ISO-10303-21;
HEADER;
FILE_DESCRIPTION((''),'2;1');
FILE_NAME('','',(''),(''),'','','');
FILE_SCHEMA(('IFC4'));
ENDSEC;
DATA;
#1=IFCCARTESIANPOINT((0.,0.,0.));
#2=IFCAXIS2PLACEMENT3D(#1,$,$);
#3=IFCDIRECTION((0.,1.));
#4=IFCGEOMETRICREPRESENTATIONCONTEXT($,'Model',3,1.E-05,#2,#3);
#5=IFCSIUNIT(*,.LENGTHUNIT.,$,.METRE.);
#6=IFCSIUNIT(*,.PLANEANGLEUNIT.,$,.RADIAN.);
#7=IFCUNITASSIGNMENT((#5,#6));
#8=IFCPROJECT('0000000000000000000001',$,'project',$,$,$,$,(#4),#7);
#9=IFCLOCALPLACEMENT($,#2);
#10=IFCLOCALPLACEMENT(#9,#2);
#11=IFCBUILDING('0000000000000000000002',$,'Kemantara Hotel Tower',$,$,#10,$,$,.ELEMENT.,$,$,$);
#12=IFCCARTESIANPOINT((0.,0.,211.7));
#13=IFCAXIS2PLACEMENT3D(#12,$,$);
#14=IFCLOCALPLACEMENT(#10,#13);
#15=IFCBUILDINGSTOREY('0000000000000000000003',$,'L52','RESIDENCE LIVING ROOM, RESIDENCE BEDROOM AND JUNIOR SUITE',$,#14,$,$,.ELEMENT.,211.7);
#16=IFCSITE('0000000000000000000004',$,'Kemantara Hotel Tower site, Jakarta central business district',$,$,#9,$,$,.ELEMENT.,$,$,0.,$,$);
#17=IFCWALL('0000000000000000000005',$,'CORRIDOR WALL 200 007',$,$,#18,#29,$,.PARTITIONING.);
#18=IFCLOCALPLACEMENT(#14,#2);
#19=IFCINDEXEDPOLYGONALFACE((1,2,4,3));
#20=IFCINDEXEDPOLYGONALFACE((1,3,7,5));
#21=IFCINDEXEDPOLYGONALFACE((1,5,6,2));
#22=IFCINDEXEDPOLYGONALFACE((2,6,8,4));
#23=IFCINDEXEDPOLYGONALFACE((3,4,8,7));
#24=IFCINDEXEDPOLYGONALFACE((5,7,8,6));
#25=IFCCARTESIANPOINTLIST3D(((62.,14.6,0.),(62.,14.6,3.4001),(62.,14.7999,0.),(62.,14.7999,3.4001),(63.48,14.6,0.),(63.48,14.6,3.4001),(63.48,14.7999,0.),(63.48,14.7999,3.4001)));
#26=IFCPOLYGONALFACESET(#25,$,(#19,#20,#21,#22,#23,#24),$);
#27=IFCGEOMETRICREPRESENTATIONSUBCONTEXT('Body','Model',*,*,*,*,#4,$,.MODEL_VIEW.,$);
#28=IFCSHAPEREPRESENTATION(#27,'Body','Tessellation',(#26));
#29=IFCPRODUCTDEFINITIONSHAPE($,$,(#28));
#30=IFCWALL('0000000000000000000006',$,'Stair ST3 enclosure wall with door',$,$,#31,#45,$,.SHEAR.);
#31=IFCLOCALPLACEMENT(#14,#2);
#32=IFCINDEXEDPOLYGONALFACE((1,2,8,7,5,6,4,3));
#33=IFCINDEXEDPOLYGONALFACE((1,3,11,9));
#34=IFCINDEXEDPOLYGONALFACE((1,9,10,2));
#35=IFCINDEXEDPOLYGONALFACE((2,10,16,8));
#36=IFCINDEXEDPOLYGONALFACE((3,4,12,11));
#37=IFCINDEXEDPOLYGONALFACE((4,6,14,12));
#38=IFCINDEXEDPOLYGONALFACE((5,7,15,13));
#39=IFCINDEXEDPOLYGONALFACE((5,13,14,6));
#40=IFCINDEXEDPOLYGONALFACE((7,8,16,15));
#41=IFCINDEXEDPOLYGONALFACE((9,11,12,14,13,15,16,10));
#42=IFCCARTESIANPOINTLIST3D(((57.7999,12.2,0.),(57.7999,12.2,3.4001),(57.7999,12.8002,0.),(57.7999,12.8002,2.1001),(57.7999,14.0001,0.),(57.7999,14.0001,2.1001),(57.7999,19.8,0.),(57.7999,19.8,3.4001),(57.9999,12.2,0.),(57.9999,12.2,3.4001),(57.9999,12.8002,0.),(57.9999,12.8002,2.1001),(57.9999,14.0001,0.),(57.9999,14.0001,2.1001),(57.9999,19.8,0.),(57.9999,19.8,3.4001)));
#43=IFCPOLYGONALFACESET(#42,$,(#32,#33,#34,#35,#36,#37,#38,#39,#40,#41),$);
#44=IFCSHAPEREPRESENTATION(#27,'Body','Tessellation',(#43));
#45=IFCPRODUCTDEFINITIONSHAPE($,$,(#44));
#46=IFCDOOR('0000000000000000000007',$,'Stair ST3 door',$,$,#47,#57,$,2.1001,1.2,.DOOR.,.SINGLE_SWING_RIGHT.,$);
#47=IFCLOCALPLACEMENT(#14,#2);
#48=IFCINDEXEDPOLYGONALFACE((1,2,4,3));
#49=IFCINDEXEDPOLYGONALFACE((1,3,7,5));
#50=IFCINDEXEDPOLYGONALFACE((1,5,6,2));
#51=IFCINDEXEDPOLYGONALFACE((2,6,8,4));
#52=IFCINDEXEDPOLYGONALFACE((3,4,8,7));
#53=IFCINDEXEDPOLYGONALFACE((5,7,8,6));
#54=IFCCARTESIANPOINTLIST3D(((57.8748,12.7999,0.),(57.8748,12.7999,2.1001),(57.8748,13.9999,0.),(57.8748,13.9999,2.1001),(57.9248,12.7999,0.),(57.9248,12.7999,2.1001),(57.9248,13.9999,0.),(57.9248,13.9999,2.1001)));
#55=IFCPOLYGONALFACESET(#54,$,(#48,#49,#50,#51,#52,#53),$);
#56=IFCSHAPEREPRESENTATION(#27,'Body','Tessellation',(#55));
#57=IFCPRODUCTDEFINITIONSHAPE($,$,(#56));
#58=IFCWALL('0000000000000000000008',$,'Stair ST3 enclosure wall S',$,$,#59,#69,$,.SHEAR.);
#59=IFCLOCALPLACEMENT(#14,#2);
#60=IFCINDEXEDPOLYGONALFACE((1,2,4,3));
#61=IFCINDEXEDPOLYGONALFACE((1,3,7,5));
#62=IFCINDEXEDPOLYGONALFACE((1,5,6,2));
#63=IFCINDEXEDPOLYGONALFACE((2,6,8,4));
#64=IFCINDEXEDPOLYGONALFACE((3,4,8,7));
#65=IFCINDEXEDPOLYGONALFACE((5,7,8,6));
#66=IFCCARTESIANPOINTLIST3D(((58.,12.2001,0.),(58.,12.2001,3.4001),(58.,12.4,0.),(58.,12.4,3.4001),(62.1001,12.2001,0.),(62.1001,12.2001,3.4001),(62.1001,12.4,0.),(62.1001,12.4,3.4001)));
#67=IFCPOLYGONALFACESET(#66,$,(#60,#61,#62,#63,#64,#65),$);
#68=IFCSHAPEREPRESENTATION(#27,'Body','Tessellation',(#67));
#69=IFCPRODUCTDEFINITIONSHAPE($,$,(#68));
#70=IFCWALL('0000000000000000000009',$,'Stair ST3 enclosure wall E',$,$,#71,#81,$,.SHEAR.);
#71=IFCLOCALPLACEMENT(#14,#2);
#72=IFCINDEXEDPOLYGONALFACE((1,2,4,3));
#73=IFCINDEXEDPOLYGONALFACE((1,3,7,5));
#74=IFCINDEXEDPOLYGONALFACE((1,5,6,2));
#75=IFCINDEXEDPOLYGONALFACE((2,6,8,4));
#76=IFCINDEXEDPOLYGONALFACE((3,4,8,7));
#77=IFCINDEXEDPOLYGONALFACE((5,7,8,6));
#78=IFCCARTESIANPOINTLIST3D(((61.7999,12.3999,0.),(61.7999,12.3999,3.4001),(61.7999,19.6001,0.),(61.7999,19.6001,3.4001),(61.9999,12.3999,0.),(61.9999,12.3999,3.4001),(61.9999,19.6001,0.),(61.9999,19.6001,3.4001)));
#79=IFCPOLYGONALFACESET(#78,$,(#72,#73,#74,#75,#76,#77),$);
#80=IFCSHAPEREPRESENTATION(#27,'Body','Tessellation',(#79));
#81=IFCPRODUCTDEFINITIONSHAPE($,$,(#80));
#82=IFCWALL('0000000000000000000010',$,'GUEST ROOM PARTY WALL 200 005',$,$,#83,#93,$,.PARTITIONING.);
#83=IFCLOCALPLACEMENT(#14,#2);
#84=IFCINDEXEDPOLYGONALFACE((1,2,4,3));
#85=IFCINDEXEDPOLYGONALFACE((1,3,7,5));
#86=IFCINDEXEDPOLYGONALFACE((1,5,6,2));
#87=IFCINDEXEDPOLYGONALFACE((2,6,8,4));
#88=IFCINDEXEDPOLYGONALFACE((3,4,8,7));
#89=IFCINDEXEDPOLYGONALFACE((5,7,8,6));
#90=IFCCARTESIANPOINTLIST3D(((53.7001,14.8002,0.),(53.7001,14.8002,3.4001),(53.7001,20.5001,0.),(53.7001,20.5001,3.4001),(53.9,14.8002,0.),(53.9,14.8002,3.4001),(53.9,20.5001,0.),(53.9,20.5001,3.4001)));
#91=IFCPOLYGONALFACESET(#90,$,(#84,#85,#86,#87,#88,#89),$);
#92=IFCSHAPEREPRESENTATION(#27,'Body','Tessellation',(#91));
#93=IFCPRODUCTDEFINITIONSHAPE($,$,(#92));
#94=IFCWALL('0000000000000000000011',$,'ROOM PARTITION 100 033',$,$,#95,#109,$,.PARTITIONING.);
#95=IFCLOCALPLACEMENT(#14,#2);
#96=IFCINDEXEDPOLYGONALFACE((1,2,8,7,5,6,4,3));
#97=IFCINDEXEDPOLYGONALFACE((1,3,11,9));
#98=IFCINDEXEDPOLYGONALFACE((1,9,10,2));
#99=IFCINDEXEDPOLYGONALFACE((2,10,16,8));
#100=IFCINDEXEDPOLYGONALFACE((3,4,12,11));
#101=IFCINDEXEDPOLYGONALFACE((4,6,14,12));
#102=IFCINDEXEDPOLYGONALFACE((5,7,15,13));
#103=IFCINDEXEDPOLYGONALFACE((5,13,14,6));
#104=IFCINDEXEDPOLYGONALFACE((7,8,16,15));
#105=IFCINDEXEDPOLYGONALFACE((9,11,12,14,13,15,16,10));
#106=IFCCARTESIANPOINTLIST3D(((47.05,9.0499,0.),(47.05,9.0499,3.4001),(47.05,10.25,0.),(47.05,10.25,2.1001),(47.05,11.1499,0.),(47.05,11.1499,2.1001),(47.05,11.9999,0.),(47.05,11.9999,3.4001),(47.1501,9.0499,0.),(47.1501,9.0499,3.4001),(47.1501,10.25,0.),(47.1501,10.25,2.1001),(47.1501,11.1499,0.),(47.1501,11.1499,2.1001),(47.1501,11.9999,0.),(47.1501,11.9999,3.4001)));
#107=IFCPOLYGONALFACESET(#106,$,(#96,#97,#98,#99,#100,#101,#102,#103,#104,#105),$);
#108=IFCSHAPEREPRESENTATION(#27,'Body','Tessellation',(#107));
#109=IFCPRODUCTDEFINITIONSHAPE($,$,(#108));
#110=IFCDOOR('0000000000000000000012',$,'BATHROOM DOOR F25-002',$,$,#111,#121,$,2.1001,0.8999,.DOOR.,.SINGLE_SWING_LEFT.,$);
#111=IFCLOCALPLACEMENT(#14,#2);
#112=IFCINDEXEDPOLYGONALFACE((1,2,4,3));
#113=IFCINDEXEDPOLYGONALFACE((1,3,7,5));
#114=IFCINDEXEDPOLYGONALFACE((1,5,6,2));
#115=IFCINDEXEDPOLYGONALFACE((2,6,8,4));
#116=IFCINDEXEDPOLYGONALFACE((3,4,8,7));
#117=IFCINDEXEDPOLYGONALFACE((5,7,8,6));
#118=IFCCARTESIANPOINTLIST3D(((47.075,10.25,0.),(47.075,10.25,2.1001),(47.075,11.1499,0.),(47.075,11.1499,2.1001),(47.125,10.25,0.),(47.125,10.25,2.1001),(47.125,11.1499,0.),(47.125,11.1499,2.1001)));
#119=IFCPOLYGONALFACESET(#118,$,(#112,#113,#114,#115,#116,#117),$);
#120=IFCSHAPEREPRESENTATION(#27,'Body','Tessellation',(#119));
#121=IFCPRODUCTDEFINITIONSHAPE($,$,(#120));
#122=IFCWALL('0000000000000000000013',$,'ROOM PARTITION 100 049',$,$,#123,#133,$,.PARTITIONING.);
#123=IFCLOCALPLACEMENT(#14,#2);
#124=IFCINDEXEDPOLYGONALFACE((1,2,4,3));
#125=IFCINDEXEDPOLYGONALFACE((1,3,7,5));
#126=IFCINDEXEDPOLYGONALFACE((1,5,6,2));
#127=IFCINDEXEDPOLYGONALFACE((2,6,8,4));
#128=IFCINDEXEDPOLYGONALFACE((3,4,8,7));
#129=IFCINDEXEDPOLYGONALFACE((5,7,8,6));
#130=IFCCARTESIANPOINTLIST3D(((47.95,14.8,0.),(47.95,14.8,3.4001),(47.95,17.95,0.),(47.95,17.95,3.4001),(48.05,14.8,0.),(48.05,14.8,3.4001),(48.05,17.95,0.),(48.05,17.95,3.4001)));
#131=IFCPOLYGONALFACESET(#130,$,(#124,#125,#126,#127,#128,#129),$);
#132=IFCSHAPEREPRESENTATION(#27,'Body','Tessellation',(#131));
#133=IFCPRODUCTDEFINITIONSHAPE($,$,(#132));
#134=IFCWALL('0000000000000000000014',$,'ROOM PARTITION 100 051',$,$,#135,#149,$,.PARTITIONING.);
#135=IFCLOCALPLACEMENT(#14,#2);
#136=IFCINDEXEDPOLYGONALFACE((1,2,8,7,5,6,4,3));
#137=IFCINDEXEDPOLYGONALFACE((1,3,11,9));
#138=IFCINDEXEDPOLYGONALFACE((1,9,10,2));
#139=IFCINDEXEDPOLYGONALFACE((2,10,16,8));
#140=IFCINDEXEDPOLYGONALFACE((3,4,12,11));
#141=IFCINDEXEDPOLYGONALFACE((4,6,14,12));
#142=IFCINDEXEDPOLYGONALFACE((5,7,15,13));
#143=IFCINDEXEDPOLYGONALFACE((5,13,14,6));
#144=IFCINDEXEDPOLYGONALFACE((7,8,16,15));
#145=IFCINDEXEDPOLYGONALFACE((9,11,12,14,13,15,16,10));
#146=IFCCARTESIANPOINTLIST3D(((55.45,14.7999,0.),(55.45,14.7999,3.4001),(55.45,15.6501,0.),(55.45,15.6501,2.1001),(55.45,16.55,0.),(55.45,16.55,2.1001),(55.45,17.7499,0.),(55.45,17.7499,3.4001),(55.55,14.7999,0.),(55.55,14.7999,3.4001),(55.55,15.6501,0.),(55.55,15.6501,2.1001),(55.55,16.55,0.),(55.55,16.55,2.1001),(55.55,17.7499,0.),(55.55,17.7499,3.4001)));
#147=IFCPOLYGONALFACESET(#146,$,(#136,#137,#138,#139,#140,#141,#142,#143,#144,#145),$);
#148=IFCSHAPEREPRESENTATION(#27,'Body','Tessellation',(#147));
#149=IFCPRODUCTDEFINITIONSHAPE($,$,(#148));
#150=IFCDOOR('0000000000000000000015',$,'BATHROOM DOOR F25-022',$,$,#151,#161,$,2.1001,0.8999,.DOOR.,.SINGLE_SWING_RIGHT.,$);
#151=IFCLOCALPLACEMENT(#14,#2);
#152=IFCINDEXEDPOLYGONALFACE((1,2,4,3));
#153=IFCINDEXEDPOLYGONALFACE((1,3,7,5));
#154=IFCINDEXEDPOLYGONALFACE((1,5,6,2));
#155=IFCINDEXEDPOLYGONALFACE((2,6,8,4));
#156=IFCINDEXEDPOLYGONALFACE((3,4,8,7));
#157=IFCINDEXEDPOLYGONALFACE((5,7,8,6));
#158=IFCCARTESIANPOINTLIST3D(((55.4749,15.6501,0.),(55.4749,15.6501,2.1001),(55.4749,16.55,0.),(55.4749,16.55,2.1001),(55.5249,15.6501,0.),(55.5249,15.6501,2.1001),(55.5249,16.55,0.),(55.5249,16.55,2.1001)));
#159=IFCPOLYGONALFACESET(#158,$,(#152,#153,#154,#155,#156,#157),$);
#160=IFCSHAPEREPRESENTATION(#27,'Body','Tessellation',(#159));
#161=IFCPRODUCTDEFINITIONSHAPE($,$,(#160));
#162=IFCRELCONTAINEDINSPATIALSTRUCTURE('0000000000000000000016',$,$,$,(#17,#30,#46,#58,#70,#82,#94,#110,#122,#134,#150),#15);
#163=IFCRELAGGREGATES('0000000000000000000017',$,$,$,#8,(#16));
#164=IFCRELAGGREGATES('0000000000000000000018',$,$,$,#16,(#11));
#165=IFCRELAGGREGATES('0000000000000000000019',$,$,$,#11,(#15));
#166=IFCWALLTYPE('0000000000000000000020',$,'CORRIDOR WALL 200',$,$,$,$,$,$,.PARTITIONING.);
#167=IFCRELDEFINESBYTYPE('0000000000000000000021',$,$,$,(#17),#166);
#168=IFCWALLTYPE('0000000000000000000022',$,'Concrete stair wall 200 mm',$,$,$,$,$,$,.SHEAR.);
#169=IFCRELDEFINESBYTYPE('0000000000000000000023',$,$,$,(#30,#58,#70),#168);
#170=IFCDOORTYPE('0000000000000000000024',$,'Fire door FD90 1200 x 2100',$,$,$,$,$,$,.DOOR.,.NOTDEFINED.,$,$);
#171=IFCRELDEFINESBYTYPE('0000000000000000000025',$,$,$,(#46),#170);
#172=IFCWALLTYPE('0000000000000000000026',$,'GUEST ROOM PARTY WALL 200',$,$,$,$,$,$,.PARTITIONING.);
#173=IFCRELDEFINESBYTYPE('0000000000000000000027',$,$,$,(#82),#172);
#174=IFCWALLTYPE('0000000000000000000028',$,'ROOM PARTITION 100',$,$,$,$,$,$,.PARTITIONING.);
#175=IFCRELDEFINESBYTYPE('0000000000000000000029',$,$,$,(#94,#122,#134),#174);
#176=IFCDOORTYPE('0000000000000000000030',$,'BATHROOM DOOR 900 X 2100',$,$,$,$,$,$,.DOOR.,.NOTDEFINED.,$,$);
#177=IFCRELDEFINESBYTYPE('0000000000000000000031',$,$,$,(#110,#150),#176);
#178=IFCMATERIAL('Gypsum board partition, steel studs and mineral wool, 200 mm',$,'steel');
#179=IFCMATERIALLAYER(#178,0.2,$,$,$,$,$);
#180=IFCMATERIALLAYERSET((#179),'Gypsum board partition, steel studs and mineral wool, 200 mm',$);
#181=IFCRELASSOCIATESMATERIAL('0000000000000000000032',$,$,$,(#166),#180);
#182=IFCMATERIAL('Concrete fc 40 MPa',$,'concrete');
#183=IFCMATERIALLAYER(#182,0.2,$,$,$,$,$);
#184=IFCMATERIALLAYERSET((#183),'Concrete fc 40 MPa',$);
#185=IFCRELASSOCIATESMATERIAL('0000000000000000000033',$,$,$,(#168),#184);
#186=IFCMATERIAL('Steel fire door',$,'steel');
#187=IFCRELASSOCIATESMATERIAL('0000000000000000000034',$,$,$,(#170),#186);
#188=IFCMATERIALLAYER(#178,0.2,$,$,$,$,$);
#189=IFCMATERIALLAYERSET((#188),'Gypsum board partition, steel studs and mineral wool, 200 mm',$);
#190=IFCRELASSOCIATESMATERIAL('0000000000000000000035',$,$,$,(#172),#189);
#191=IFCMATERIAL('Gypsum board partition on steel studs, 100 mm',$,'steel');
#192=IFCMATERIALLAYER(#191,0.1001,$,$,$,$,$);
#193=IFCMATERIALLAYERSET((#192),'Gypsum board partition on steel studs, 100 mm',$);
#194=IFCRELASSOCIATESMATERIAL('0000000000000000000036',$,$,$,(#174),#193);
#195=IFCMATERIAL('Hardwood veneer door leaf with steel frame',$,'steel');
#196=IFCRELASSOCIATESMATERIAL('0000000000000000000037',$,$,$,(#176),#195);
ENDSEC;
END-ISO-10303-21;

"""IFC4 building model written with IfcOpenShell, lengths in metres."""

from ifc_helpers import new_model, si_unit, direction, frame, frame_2d, origin, place, context, subcontext, project, spatial, rectangle, extrude, material, layer, layer_set, type_object, element, fill, save


model = new_model("IFC4")

# Units and contexts
model_context = context("Model", 3, precision=1e-05, world=origin(), true_north=direction((0.0, 1.0)))
body_context = subcontext(model_context, "Body", "Model", "MODEL_VIEW")
ifc_project = project(units=[si_unit("LENGTHUNIT", "METRE"), si_unit("PLANEANGLEUNIT", "RADIAN")], contexts=[model_context])

# Site, building, storey
site_placement = place(None, origin())
site = spatial("IfcSite", under=ifc_project, at=site_placement, Name="Kemantara Hotel Tower site, Jakarta central business district", CompositionType="ELEMENT", RefElevation=0.0)
building_placement = place(site_placement, origin())
building = spatial("IfcBuilding", under=site, at=building_placement, Name="Kemantara Hotel Tower", CompositionType="ELEMENT")
storey_placement = place(building_placement, frame((0.0, 0.0, 211.7)))
storey = spatial("IfcBuildingStorey", under=building, at=storey_placement, Name="L52", Description="RESIDENCE LIVING ROOM, RESIDENCE BEDROOM AND JUNIOR SUITE", CompositionType="ELEMENT", Elevation=211.7)

# Shared definitions
ifc_material_1 = material(Name="Gypsum board partition, steel studs and mineral wool, 200 mm", Category="steel")
ifc_layer_1 = layer(ifc_material_1, 0.2)
ifc_layer_set_1 = layer_set([ifc_layer_1], Name="Gypsum board partition, steel studs and mineral wool, 200 mm")
wall_type_1 = type_object("IfcWallType", Name="CORRIDOR WALL 200", PredefinedType="PARTITIONING", material=ifc_layer_set_1)
ifc_material_2 = material(Name="Hardwood veneer door leaf with steel frame", Category="steel")

# Wall
wall_1_placement = place(storey_placement, frame((62.0, 14.7, 0.0), z_axis=(0.0, 0.0, 1.0), x_axis=(1.0, 0.0, 0.0)))
element("IfcWall", 1, at=wall_1_placement, inside=storey, type_object=wall_type_1, Name="CORRIDOR WALL 200 007", PredefinedType="PARTITIONING", context=body_context, shape_type="SweptSolid", body=[
    extrude(rectangle(XDim=1.48, YDim=0.2, at=frame_2d((0.74, 0.0))), origin(), (0.0, 0.0, 1.0), 3.4001),
])

# Wall, opening, door
ifc_material_3 = material(Name="Concrete fc 40 MPa", Category="concrete")
ifc_layer_2 = layer(ifc_material_3, 0.2)
ifc_layer_set_2 = layer_set([ifc_layer_2], Name="Concrete fc 40 MPa")
wall_type_2 = type_object("IfcWallType", Name="Concrete stair wall 200 mm", PredefinedType="SHEAR", material=ifc_layer_set_2)
wall_2_placement = place(storey_placement, frame((57.8999, 12.2, 0.0), z_axis=(0.0, 0.0, 1.0), x_axis=(0.0, 1.0, 0.0)))
wall_2 = element("IfcWall", 2, at=wall_2_placement, inside=storey, type_object=wall_type_2, Name="Stair ST3 enclosure wall with door", PredefinedType="SHEAR", context=body_context, shape_type="SweptSolid", body=[
    extrude(rectangle(XDim=7.6001, YDim=0.2, at=frame_2d((3.8, 0.0))), origin(), (0.0, 0.0, 1.0), 3.4001),
])
opening_1_placement = place(wall_2_placement, frame((0.6001, 0.0, 0.0)))
opening_1 = element("IfcOpeningElement", 3, at=opening_1_placement, cuts=wall_2, PredefinedType="OPENING", context=body_context, shape_type="SweptSolid", body=[
    extrude(rectangle(XDim=1.2, YDim=2.1001, at=frame_2d((0.6001, 1.05))), frame((0.0, 0.1099, 0.0), z_axis=(0.0, -1.0, 0.0), x_axis=(1.0, 0.0, 0.0)), (0.0, 0.0, 1.0), 0.22),
])
ifc_material_4 = material(Name="Steel fire door", Category="steel")
door_type_1 = type_object("IfcDoorType", Name="Fire door FD90 1200 x 2100", OperationType="NOTDEFINED", PredefinedType="DOOR", material=ifc_material_4)
door_1_placement = place(opening_1_placement, frame((1.2, 0.0, 0.0), z_axis=(0.0, 0.0, 1.0), x_axis=(-1.0, 0.0, 0.0)))
door_1 = element("IfcDoor", 4, at=door_1_placement, inside=storey, type_object=door_type_1, Name="Stair ST3 door", OperationType="SINGLE_SWING_RIGHT", OverallHeight=2.1001, OverallWidth=1.2, PredefinedType="DOOR", context=body_context, shape_type="SweptSolid", body=[
    extrude(rectangle(XDim=1.2, YDim=2.1001, at=frame_2d((0.6001, 1.05))), frame((0.0, 0.0249, 0.0), z_axis=(0.0, -1.0, 0.0), x_axis=(1.0, 0.0, 0.0)), (0.0, 0.0, 1.0), 0.05),
])
fill(opening_1, door_1)

# Walls
wall_3_placement = place(storey_placement, frame((58.0, 12.3, 0.0), z_axis=(0.0, 0.0, 1.0), x_axis=(1.0, 0.0, 0.0)))
element("IfcWall", 5, at=wall_3_placement, inside=storey, type_object=wall_type_2, Name="Stair ST3 enclosure wall S", PredefinedType="SHEAR", context=body_context, shape_type="SweptSolid", body=[
    extrude(rectangle(XDim=4.1001, YDim=0.2, at=frame_2d((2.05, 0.0))), origin(), (0.0, 0.0, 1.0), 3.4001),
])
wall_4_placement = place(storey_placement, frame((61.8999, 12.3999, 0.0), z_axis=(0.0, 0.0, 1.0), x_axis=(0.0, 1.0, 0.0)))
element("IfcWall", 6, at=wall_4_placement, inside=storey, type_object=wall_type_2, Name="Stair ST3 enclosure wall E", PredefinedType="SHEAR", context=body_context, shape_type="SweptSolid", body=[
    extrude(rectangle(XDim=7.2002, YDim=0.2, at=frame_2d((3.6001, 0.0))), origin(), (0.0, 0.0, 1.0), 3.4001),
])
ifc_layer_3 = layer(ifc_material_1, 0.2)
ifc_layer_set_3 = layer_set([ifc_layer_3], Name="Gypsum board partition, steel studs and mineral wool, 200 mm")
wall_type_3 = type_object("IfcWallType", Name="GUEST ROOM PARTY WALL 200", PredefinedType="PARTITIONING", material=ifc_layer_set_3)
wall_5_placement = place(storey_placement, frame((53.8, 14.8, 0.0), z_axis=(0.0, 0.0, 1.0), x_axis=(0.0, 1.0, 0.0)))
element("IfcWall", 7, at=wall_5_placement, inside=storey, type_object=wall_type_3, Name="GUEST ROOM PARTY WALL 200 005", PredefinedType="PARTITIONING", context=body_context, shape_type="SweptSolid", body=[
    extrude(rectangle(XDim=5.7, YDim=0.2, at=frame_2d((2.8501, 0.0))), origin(), (0.0, 0.0, 1.0), 3.4001),
])

# Wall, opening, door
ifc_material_5 = material(Name="Gypsum board partition on steel studs, 100 mm", Category="steel")
ifc_layer_4 = layer(ifc_material_5, 0.1001)
ifc_layer_set_4 = layer_set([ifc_layer_4], Name="Gypsum board partition on steel studs, 100 mm")
wall_type_4 = type_object("IfcWallType", Name="ROOM PARTITION 100", PredefinedType="PARTITIONING", material=ifc_layer_set_4)
wall_6_placement = place(storey_placement, frame((47.1001, 12.0, 0.0), z_axis=(0.0, 0.0, 1.0), x_axis=(0.0, -1.0, 0.0)))
wall_6 = element("IfcWall", 8, at=wall_6_placement, inside=storey, type_object=wall_type_4, Name="ROOM PARTITION 100 033", PredefinedType="PARTITIONING", context=body_context, shape_type="SweptSolid", body=[
    extrude(rectangle(XDim=2.95, YDim=0.1001, at=frame_2d((1.4751, 0.0))), origin(), (0.0, 0.0, 1.0), 3.4001),
])
opening_2_placement = place(wall_6_placement, frame((0.8501, 0.0, 0.0)))
opening_2 = element("IfcOpeningElement", 9, at=opening_2_placement, cuts=wall_6, PredefinedType="OPENING", context=body_context, shape_type="SweptSolid", body=[
    extrude(rectangle(XDim=0.8999, YDim=2.1001, at=frame_2d((0.45, 1.05))), frame((0.0, 0.0601, 0.0), z_axis=(0.0, -1.0, 0.0), x_axis=(1.0, 0.0, 0.0)), (0.0, 0.0, 1.0), 0.1201),
])
door_type_2 = type_object("IfcDoorType", Name="BATHROOM DOOR 900 X 2100", OperationType="NOTDEFINED", PredefinedType="DOOR", material=ifc_material_2)
door_2_placement = place(opening_2_placement, origin())
door_2 = element("IfcDoor", 10, at=door_2_placement, inside=storey, type_object=door_type_2, Name="BATHROOM DOOR F25-002", OperationType="SINGLE_SWING_LEFT", OverallHeight=2.1001, OverallWidth=0.8999, PredefinedType="DOOR", context=body_context, shape_type="SweptSolid", body=[
    extrude(rectangle(XDim=0.8999, YDim=2.1001, at=frame_2d((0.45, 1.05))), frame((0.0, 0.0249, 0.0), z_axis=(0.0, -1.0, 0.0), x_axis=(1.0, 0.0, 0.0)), (0.0, 0.0, 1.0), 0.05),
])
fill(opening_2, door_2)

# Wall
wall_7_placement = place(storey_placement, frame((48.0, 14.8, 0.0), z_axis=(0.0, 0.0, 1.0), x_axis=(0.0, 1.0, 0.0)))
element("IfcWall", 11, at=wall_7_placement, inside=storey, type_object=wall_type_4, Name="ROOM PARTITION 100 049", PredefinedType="PARTITIONING", context=body_context, shape_type="SweptSolid", body=[
    extrude(rectangle(XDim=3.1499, YDim=0.1001, at=frame_2d((1.575, 0.0))), origin(), (0.0, 0.0, 1.0), 3.4001),
])

# Wall, opening, door
wall_8_placement = place(storey_placement, frame((55.5, 17.75, 0.0), z_axis=(0.0, 0.0, 1.0), x_axis=(0.0, -1.0, 0.0)))
wall_8 = element("IfcWall", 12, at=wall_8_placement, inside=storey, type_object=wall_type_4, Name="ROOM PARTITION 100 051", PredefinedType="PARTITIONING", context=body_context, shape_type="SweptSolid", body=[
    extrude(rectangle(XDim=2.95, YDim=0.1001, at=frame_2d((1.4751, 0.0))), origin(), (0.0, 0.0, 1.0), 3.4001),
])
opening_3_placement = place(wall_8_placement, frame((1.2, 0.0, 0.0)))
opening_3 = element("IfcOpeningElement", 13, at=opening_3_placement, cuts=wall_8, PredefinedType="OPENING", context=body_context, shape_type="SweptSolid", body=[
    extrude(rectangle(XDim=0.8999, YDim=2.1001, at=frame_2d((0.45, 1.05))), frame((0.0, 0.0601, 0.0), z_axis=(0.0, -1.0, 0.0), x_axis=(1.0, 0.0, 0.0)), (0.0, 0.0, 1.0), 0.1201),
])
door_3_placement = place(opening_3_placement, origin())
door_3 = element("IfcDoor", 14, at=door_3_placement, inside=storey, type_object=door_type_2, Name="BATHROOM DOOR F25-022", OperationType="SINGLE_SWING_RIGHT", OverallHeight=2.1001, OverallWidth=0.8999, PredefinedType="DOOR", context=body_context, shape_type="SweptSolid", body=[
    extrude(rectangle(XDim=0.8999, YDim=2.1001, at=frame_2d((0.45, 1.05))), frame((0.0, 0.0249, 0.0), z_axis=(0.0, -1.0, 0.0), x_axis=(1.0, 0.0, 0.0)), (0.0, 0.0, 1.0), 0.05),
])
fill(opening_3, door_3)

save(model, "model.ifc")
